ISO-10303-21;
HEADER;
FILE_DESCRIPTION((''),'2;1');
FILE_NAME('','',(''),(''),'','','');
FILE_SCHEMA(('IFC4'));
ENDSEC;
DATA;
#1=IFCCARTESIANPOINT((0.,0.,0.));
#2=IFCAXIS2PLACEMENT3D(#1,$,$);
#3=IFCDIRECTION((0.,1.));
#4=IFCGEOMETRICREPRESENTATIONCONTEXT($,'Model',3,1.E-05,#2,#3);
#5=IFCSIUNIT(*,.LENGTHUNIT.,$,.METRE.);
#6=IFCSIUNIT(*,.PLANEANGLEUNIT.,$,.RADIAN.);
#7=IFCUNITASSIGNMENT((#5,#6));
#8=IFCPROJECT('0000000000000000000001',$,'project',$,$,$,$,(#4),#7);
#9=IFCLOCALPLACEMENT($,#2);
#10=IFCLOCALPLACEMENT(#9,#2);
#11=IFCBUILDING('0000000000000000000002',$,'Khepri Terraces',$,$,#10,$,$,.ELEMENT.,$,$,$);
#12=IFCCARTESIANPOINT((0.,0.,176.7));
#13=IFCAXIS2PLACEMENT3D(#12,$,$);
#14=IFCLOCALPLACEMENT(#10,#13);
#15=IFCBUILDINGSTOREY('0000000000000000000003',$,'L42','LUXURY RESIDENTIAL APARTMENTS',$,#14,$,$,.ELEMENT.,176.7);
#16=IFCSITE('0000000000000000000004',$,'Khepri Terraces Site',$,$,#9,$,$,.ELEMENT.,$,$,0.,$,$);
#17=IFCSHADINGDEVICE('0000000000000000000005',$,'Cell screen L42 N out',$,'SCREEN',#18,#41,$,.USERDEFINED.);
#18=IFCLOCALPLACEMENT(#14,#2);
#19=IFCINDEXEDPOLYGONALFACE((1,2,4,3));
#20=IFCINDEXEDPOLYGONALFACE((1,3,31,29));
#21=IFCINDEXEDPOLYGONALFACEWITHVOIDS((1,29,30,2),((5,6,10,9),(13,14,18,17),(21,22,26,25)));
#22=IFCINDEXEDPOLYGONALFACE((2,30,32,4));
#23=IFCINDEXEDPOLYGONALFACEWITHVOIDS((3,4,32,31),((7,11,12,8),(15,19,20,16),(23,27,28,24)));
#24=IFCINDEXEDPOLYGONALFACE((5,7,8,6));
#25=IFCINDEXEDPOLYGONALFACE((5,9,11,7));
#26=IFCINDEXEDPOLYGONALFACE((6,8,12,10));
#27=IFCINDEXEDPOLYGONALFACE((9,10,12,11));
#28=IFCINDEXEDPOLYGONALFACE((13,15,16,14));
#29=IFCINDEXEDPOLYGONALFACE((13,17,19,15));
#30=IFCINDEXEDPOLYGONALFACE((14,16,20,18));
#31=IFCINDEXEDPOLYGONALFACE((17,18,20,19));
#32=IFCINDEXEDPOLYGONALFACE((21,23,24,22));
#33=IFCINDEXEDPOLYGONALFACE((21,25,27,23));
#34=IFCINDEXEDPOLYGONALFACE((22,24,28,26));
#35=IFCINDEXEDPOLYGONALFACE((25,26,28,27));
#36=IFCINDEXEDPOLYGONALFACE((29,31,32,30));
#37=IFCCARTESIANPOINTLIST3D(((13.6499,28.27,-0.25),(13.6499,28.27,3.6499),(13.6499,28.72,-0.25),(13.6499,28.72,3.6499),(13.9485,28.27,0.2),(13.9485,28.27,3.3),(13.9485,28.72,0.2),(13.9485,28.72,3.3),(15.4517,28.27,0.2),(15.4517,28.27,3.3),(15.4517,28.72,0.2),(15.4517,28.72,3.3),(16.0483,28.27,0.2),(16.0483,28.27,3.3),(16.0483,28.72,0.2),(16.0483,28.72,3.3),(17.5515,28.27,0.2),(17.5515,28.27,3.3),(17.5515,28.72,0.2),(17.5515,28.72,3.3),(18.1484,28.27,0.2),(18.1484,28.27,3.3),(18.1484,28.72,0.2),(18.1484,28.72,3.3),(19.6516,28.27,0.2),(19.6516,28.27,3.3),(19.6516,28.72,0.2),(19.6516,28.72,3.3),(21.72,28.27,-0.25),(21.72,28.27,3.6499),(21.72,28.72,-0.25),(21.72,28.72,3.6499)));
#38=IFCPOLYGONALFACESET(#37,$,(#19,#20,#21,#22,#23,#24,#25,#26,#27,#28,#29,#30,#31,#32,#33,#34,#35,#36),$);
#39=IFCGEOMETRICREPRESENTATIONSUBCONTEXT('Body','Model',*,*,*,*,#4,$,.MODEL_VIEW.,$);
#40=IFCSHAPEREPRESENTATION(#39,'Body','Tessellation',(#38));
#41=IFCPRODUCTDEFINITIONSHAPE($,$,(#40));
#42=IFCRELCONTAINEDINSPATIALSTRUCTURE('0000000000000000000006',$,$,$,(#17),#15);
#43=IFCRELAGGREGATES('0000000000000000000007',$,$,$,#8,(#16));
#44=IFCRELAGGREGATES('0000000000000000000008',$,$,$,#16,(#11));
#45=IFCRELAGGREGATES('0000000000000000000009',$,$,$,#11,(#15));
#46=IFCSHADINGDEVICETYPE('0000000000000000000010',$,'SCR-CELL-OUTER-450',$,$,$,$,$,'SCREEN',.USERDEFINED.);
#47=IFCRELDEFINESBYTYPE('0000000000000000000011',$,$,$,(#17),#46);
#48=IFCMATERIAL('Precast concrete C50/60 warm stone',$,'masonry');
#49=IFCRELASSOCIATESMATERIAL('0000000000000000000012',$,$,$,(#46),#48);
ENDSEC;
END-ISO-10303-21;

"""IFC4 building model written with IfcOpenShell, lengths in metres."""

from ifc_helpers import new_model, si_unit, direction, frame, origin, place, context, subcontext, project, spatial, polyline, outline, extrude, material, type_object, element, save


model = new_model("IFC4")

# Units and contexts
model_context = context("Model", 3, precision=1e-05, world=origin(), true_north=direction((0.0, 1.0)))
body_context = subcontext(model_context, "Body", "Model", "MODEL_VIEW")
ifc_project = project(units=[si_unit("LENGTHUNIT", "METRE"), si_unit("PLANEANGLEUNIT", "RADIAN")], contexts=[model_context])

# Site, building, storey
site_placement = place(None, origin())
site = spatial("IfcSite", under=ifc_project, at=site_placement, Name="Khepri Terraces Site", CompositionType="ELEMENT", RefElevation=0.0)
building_placement = place(site_placement, origin())
building = spatial("IfcBuilding", under=site, at=building_placement, Name="Khepri Terraces", CompositionType="ELEMENT")
storey_placement = place(building_placement, frame((0.0, 0.0, 176.7)))
storey = spatial("IfcBuildingStorey", under=building, at=storey_placement, Name="L42", Description="LUXURY RESIDENTIAL APARTMENTS", CompositionType="ELEMENT", Elevation=176.7)

# Shared definitions
ifc_material_1 = material(Name="Precast concrete C50/60 warm stone", Category="masonry")

# Shading device
shading_device_type_1 = type_object("IfcShadingDeviceType", Name="SCR-CELL-OUTER-450", ElementType="SCREEN", PredefinedType="USERDEFINED", material=ifc_material_1)
shading_device_1_placement = place(storey_placement, frame((21.72, 28.27, -0.25), z_axis=(0.0, 1.0, 0.0), x_axis=(-1.0, 0.0, 0.0)))
element("IfcShadingDevice", 1, at=shading_device_1_placement, inside=storey, type_object=shading_device_type_1, Name="Cell screen L42 N out", ObjectType="SCREEN", PredefinedType="USERDEFINED", context=body_context, shape_type="SweptSolid", body=[
    extrude(outline(polyline([(0.0, 0.0), (8.0701, 0.0), (8.0701, 3.8999), (0.0, 3.8999), (0.0, 0.0)]), holes=[polyline([(2.0684, 0.45), (3.5715, 0.45), (3.5715, 3.55), (2.0684, 3.55), (2.0684, 0.45)]), polyline([(4.1685, 0.45), (5.6716, 0.45), (5.6716, 3.55), (4.1685, 3.55), (4.1685, 0.45)]), polyline([(6.2683, 0.45), (7.7715, 0.45), (7.7715, 3.55), (6.2683, 3.55), (6.2683, 0.45)])]), origin(), (0.0, 0.0, 1.0), 0.45),
])

save(model, "model.ifc")
